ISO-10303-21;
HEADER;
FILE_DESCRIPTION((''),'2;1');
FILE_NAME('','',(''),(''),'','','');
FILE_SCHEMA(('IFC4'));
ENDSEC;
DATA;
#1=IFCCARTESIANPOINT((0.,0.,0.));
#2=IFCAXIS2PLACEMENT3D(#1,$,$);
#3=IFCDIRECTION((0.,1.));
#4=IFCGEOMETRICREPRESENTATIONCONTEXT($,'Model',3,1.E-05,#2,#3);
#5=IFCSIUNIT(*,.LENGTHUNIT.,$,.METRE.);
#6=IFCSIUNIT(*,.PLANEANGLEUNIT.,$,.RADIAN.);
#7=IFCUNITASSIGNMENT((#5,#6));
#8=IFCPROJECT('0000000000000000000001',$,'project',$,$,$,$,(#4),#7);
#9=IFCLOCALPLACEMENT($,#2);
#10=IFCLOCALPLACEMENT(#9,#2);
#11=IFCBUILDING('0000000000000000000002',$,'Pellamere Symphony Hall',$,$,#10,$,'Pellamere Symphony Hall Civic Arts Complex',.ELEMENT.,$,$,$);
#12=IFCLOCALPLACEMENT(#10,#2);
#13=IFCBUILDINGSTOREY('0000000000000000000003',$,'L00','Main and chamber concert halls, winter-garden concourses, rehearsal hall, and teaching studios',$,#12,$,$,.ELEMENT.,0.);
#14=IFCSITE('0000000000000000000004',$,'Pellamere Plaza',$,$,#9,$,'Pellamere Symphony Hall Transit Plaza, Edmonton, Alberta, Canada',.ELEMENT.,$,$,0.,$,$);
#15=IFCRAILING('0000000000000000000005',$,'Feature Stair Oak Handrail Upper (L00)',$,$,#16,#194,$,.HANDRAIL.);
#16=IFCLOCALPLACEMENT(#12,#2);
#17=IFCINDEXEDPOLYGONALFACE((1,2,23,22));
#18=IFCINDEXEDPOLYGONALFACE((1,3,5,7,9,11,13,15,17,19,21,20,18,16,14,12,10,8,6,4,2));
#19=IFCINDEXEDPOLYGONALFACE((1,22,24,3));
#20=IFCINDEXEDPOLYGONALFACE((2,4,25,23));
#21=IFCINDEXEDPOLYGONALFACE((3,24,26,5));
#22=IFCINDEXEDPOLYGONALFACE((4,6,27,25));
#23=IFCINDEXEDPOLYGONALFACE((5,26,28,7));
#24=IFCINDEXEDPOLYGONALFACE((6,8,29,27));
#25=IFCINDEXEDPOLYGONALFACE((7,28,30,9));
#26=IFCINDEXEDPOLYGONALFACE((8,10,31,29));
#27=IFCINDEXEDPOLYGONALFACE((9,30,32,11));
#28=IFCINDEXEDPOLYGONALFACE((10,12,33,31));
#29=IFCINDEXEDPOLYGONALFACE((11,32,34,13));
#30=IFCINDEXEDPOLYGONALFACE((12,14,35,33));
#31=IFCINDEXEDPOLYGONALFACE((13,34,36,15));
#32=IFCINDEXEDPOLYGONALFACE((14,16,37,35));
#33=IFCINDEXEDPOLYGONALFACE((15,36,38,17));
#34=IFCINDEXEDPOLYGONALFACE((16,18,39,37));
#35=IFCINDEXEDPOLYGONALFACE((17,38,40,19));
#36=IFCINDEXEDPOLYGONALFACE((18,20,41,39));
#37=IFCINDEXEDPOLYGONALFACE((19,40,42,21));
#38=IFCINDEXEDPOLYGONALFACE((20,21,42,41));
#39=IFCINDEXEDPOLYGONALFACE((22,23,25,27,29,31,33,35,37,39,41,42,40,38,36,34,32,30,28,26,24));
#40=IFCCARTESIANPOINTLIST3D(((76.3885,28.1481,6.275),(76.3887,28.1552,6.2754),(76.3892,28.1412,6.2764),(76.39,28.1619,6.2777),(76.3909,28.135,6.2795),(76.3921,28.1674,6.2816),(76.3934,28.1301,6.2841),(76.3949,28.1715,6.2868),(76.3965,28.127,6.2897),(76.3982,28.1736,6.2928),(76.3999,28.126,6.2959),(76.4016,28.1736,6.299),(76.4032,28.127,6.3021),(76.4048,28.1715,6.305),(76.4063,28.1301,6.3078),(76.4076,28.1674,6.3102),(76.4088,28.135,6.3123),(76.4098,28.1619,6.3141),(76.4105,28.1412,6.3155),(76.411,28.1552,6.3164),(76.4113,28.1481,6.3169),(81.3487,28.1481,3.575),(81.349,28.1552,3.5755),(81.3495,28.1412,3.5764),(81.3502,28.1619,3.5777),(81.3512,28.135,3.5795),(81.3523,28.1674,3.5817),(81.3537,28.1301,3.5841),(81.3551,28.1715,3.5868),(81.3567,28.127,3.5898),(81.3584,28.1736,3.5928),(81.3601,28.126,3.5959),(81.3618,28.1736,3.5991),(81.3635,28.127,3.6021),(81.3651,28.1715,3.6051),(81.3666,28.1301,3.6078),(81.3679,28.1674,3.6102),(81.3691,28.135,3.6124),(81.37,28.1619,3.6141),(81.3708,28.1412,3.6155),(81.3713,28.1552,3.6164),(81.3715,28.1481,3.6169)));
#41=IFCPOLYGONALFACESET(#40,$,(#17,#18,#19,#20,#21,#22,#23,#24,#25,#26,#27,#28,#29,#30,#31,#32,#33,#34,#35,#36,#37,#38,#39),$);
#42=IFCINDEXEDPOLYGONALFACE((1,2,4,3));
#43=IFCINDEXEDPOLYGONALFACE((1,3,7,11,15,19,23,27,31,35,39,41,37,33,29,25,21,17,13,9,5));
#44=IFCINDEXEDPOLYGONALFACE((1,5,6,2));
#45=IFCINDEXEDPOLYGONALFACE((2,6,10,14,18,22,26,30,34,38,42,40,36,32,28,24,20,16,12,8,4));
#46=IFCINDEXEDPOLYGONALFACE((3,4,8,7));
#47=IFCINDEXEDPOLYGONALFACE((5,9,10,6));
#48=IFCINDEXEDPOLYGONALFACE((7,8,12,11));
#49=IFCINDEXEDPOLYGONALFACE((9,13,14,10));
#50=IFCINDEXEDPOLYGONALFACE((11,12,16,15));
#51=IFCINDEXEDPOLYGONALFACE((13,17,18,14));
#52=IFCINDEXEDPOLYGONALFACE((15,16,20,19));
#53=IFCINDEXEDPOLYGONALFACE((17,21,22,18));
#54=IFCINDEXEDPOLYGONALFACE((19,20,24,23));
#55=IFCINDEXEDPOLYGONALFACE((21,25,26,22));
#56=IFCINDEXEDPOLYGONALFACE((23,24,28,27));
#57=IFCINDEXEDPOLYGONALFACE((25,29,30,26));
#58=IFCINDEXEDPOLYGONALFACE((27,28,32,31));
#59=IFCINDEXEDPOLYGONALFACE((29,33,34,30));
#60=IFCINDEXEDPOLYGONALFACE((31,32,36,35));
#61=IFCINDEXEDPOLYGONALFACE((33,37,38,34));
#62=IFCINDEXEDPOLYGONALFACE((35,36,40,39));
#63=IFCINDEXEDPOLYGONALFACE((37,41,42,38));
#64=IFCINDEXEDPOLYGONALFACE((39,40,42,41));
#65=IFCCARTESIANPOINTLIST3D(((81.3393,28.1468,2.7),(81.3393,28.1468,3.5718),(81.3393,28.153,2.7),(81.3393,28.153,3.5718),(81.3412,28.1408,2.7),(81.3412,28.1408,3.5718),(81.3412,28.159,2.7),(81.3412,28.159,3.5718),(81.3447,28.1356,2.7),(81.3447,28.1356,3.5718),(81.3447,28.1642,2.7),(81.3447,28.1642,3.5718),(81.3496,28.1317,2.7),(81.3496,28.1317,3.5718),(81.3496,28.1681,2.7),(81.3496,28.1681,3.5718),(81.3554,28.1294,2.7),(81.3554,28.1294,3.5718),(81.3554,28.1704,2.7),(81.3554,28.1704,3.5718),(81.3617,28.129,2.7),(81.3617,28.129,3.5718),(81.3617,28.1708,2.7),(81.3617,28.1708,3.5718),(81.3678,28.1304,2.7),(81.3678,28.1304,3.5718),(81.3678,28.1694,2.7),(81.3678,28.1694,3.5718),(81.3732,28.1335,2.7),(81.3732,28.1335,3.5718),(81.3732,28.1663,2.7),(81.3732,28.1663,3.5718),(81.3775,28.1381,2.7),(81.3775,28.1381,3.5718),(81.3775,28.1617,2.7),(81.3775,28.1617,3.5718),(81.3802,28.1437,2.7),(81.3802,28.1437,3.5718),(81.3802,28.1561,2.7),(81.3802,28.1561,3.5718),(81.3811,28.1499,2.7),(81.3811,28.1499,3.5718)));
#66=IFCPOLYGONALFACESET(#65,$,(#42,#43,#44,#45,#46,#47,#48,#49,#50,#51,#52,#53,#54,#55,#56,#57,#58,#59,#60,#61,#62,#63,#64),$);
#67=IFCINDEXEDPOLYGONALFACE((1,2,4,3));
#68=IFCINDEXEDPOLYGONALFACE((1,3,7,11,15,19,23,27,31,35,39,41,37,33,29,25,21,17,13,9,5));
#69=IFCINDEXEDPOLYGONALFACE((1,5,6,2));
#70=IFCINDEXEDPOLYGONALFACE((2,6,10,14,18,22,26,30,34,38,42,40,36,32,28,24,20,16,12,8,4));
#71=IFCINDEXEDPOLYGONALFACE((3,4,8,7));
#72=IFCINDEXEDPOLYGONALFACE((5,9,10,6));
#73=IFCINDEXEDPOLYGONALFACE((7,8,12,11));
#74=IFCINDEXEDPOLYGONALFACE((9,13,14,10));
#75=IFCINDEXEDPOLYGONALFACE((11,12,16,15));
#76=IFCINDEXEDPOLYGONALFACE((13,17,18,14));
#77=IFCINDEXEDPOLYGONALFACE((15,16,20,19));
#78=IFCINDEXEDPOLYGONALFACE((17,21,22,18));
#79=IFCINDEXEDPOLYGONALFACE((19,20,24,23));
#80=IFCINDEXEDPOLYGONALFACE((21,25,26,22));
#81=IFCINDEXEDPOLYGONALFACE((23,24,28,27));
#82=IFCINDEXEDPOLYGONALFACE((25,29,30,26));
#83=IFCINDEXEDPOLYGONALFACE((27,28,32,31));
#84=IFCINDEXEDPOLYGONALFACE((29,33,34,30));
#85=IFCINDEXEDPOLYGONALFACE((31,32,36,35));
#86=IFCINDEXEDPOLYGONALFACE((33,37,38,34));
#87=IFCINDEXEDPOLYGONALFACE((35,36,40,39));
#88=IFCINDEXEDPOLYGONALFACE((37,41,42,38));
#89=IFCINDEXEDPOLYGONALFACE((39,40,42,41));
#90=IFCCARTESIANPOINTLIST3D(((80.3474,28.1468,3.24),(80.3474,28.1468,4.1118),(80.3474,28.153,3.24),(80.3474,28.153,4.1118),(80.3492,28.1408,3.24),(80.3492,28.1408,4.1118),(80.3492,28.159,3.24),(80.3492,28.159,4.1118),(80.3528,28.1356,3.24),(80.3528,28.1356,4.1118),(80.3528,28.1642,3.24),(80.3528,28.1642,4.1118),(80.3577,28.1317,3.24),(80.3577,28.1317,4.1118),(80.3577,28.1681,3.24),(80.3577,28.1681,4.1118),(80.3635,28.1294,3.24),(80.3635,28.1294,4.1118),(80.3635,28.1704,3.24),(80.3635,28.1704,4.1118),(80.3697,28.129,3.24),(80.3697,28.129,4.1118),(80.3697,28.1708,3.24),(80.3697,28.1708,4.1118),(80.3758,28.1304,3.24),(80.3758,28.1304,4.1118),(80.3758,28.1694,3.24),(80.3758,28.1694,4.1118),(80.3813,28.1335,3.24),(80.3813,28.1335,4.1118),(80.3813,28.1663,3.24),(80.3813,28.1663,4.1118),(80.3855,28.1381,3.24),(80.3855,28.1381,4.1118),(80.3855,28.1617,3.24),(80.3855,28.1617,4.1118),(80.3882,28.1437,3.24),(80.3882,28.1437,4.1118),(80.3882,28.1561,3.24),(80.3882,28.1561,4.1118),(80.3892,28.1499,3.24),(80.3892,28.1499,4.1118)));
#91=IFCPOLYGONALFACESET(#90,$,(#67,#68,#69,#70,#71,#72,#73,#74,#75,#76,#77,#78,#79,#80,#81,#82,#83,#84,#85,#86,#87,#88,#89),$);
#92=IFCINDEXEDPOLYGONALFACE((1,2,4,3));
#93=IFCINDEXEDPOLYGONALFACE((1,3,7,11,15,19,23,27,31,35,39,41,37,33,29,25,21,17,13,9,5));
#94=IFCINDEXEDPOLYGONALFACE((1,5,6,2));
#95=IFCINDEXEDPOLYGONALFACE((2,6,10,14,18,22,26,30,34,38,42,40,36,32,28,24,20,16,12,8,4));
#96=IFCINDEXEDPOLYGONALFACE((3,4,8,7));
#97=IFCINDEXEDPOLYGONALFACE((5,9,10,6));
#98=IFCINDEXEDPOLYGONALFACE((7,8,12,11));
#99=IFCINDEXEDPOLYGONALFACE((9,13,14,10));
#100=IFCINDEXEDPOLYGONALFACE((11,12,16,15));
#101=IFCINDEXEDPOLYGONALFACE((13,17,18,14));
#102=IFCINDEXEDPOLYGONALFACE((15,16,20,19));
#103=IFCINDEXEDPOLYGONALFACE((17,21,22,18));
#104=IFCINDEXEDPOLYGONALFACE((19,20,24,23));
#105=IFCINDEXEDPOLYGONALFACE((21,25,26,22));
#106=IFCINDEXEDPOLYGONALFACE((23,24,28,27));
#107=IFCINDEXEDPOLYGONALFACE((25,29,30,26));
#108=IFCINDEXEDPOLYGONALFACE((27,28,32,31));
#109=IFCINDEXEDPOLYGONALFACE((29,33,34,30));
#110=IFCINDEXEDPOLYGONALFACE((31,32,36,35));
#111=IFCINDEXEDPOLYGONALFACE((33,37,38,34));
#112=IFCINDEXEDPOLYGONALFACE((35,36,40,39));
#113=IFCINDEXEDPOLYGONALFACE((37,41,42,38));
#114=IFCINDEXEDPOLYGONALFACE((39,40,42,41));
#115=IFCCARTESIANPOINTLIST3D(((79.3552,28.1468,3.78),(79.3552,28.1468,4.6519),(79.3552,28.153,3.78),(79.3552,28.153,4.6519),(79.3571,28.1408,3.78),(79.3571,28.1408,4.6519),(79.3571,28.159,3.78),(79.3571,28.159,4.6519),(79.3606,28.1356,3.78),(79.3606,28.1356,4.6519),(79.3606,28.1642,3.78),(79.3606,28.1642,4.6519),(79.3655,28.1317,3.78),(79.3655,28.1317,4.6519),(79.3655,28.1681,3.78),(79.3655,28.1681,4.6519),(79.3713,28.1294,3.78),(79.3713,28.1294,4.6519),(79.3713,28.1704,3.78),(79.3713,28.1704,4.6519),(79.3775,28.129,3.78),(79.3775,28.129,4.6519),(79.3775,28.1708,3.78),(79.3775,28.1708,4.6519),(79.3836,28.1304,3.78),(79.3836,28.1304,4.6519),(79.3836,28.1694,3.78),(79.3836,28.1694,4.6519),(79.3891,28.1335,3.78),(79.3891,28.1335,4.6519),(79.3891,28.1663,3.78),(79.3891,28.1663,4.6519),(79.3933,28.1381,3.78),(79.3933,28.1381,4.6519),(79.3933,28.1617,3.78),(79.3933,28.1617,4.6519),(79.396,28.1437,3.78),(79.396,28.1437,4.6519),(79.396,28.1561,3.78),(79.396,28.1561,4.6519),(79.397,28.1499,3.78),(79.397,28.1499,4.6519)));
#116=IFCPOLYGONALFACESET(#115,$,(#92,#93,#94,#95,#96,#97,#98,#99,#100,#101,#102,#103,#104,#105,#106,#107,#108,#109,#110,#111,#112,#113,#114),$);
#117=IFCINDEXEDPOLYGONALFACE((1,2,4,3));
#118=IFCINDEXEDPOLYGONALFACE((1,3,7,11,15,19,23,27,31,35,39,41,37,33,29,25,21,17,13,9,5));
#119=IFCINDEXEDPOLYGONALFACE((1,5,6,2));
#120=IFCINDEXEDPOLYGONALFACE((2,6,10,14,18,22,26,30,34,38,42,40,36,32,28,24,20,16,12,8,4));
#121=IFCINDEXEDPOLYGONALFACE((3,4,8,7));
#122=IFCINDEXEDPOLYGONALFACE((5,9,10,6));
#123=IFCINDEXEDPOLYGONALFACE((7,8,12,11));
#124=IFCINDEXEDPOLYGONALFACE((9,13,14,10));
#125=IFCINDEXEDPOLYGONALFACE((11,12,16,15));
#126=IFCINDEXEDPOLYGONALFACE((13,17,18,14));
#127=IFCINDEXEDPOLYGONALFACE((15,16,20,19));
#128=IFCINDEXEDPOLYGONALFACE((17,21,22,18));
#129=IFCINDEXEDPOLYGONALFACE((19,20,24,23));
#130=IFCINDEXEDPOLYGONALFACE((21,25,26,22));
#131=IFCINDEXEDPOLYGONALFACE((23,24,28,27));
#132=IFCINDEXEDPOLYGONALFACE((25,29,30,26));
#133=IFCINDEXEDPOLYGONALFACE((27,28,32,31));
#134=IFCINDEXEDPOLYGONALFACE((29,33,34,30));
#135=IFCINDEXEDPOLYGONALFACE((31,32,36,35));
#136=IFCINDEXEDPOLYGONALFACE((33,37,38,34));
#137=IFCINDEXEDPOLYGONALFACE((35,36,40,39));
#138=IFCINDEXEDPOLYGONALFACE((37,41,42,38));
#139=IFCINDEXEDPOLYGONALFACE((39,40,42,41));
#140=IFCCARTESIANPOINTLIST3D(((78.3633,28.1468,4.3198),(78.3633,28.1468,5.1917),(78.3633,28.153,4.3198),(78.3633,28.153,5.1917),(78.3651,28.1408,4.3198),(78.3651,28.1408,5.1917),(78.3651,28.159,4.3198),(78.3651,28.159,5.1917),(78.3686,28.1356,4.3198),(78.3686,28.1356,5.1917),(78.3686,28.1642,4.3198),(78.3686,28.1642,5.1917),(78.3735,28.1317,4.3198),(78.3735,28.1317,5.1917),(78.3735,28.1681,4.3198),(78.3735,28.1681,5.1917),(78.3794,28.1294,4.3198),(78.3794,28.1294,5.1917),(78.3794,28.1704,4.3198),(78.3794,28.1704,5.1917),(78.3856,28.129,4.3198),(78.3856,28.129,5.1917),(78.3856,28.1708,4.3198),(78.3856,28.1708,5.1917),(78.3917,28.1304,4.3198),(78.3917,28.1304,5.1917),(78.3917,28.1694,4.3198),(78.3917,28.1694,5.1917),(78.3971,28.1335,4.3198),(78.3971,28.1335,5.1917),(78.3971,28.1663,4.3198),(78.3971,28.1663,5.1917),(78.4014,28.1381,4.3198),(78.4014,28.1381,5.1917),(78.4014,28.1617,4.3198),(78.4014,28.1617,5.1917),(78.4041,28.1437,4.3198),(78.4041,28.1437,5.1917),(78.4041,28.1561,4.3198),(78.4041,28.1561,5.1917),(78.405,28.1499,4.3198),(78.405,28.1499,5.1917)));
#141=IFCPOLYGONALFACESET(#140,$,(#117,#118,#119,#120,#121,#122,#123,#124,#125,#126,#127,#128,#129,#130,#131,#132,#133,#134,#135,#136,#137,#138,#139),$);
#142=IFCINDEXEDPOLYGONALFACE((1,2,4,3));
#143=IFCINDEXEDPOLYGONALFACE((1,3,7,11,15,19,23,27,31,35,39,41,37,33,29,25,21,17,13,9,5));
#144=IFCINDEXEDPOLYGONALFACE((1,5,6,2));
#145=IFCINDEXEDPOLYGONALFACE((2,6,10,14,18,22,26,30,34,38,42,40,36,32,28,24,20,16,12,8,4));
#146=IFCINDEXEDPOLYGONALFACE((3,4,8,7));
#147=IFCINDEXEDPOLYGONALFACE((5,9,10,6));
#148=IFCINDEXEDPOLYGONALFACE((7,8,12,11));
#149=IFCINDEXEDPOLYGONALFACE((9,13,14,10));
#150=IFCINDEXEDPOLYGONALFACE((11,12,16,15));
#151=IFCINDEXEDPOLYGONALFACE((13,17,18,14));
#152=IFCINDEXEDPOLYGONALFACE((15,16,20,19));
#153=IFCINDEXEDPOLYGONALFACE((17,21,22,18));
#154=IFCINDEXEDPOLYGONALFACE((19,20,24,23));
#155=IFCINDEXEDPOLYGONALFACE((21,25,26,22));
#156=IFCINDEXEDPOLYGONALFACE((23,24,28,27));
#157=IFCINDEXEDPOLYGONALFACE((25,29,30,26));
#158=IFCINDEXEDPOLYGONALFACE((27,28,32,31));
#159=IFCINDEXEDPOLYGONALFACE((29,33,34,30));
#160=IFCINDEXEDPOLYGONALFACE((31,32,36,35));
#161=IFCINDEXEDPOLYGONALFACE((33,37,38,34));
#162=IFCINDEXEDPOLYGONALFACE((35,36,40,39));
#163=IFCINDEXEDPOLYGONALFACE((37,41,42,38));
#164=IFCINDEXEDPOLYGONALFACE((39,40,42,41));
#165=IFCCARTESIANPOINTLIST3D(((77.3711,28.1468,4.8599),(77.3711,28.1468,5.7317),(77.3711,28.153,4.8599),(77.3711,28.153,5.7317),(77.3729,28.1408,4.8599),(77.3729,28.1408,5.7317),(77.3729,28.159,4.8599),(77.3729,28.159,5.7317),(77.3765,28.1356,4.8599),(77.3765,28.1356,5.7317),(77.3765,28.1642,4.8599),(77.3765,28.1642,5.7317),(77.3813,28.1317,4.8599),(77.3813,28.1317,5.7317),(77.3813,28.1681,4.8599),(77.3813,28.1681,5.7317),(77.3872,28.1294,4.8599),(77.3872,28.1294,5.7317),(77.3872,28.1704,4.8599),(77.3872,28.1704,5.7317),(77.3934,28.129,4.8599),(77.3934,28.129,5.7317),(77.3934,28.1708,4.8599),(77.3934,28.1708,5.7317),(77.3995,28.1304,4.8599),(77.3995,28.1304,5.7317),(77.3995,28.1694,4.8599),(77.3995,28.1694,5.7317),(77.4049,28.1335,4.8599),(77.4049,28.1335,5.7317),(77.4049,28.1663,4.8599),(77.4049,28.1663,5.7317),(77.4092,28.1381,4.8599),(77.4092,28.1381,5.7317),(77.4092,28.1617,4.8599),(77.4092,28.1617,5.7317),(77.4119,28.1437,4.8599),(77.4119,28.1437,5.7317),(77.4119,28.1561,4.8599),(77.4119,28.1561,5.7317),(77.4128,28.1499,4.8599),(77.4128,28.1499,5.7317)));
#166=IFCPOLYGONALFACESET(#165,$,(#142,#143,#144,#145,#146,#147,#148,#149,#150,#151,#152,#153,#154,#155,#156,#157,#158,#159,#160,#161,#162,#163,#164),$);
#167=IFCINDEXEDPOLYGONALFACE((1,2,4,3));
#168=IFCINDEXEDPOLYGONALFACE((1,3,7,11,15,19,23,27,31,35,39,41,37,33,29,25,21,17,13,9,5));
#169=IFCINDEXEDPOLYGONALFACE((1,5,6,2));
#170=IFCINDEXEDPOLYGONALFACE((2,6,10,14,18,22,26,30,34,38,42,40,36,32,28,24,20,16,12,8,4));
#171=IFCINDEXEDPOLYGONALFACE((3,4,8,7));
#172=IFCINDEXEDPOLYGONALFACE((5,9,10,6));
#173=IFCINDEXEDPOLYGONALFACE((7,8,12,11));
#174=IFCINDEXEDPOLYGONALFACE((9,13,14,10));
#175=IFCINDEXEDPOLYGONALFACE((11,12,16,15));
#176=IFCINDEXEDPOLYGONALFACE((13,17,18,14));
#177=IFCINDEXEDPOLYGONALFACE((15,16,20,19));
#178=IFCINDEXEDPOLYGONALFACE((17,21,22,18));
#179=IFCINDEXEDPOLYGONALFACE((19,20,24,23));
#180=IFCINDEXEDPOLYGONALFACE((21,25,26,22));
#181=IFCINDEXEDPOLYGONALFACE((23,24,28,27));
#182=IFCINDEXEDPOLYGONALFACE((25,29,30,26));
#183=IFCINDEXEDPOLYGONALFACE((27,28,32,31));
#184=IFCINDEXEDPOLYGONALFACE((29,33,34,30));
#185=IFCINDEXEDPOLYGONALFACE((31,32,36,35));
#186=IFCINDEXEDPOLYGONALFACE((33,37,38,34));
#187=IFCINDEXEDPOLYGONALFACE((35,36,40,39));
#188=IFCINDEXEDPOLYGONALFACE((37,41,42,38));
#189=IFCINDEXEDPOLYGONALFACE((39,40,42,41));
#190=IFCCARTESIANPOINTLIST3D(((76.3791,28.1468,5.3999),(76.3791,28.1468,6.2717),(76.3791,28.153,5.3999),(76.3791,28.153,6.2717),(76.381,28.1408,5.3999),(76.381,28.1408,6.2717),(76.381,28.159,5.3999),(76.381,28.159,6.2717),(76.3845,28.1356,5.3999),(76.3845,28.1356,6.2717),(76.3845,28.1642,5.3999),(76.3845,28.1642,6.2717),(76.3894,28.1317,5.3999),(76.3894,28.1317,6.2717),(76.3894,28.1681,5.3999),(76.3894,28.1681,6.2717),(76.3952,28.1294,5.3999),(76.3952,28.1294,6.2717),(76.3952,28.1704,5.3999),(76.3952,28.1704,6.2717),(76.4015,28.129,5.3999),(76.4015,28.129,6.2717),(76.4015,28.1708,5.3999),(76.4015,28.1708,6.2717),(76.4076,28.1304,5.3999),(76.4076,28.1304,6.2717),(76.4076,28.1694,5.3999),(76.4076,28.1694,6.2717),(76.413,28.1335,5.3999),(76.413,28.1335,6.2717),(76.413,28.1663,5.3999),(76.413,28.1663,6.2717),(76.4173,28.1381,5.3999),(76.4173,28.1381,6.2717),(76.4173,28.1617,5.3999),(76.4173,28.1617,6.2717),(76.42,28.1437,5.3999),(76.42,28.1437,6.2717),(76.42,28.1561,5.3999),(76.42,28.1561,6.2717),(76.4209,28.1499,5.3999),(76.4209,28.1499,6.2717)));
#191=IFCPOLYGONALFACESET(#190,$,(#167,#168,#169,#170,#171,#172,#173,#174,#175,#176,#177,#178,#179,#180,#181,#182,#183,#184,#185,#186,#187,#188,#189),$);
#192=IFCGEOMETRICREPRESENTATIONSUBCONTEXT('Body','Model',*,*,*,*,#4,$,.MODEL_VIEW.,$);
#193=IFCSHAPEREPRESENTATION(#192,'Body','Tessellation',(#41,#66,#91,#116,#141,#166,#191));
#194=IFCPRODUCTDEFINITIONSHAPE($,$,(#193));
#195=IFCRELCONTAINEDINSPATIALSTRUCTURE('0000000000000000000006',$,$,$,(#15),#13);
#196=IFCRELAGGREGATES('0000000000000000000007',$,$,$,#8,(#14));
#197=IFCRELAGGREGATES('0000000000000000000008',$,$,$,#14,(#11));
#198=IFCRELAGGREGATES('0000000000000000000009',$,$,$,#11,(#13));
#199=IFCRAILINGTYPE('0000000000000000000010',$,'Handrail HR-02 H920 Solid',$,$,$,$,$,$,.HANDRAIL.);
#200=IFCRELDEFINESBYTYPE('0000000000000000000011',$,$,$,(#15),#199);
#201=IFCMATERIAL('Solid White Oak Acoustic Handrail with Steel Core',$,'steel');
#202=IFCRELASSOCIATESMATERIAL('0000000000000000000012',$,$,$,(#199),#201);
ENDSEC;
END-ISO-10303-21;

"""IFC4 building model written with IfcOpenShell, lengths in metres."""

from ifc_helpers import new_model, si_unit, direction, frame, origin, origin_2d, place, context, subcontext, project, spatial, circle, extrude, material, type_object, element, save


model = new_model("IFC4")

# Units and contexts
model_context = context("Model", 3, precision=1e-05, world=origin(), true_north=direction((0.0, 1.0)))
body_context = subcontext(model_context, "Body", "Model", "MODEL_VIEW")
ifc_project = project(units=[si_unit("LENGTHUNIT", "METRE"), si_unit("PLANEANGLEUNIT", "RADIAN")], contexts=[model_context])

# Site, building, storey
site_placement = place(None, origin())
site = spatial("IfcSite", under=ifc_project, at=site_placement, Name="Pellamere Plaza", LongName="Pellamere Symphony Hall Transit Plaza, Edmonton, Alberta, Canada", CompositionType="ELEMENT", RefElevation=0.0)
building_placement = place(site_placement, origin())
building = spatial("IfcBuilding", under=site, at=building_placement, Name="Pellamere Symphony Hall", LongName="Pellamere Symphony Hall Civic Arts Complex", CompositionType="ELEMENT")
storey_placement = place(building_placement, origin())
storey = spatial("IfcBuildingStorey", under=building, at=storey_placement, Name="L00", Description="Main and chamber concert halls, winter-garden concourses, rehearsal hall, and teaching studios", CompositionType="ELEMENT", Elevation=0.0)

# Railing
ifc_material_1 = material(Name="Solid White Oak Acoustic Handrail with Steel Core", Category="steel")
railing_type_1 = type_object("IfcRailingType", Name="Handrail HR-02 H920 Solid", PredefinedType="HANDRAIL", material=ifc_material_1)
railing_1_placement = place(storey_placement, frame((81.3601, 28.1499, 2.7)))
element("IfcRailing", 1, at=railing_1_placement, inside=storey, type_object=railing_type_1, Name="Feature Stair Oak Handrail Upper (L00)", PredefinedType="HANDRAIL", context=body_context, shape_type="SweptSolid", body=[
    extrude(circle(Radius=0.0239, at=origin_2d()), frame((0.0, 0.0, 0.896), z_axis=(-0.878313, 0.0, 0.478086), x_axis=(0.0, -1.0, 0.0)), (0.0, 0.0, 1.0), 5.6475),
    extrude(circle(Radius=0.021, at=origin_2d()), origin(), (0.0, 0.0, 1.0), 0.8718),
    extrude(circle(Radius=0.021, at=origin_2d()), frame((-0.9919, 0.0, 0.54)), (0.0, 0.0, 1.0), 0.8718),
    extrude(circle(Radius=0.021, at=origin_2d()), frame((-1.9841, 0.0, 1.0801)), (0.0, 0.0, 1.0), 0.8718),
    extrude(circle(Radius=0.021, at=origin_2d()), frame((-2.9761, 0.0, 1.6199)), (0.0, 0.0, 1.0), 0.8718),
    extrude(circle(Radius=0.021, at=origin_2d()), frame((-3.9683, 0.0, 2.1599)), (0.0, 0.0, 1.0), 0.8718),
    extrude(circle(Radius=0.021, at=origin_2d()), frame((-4.9602, 0.0, 2.7)), (0.0, 0.0, 1.0), 0.8718),
])

save(model, "model.ifc")
